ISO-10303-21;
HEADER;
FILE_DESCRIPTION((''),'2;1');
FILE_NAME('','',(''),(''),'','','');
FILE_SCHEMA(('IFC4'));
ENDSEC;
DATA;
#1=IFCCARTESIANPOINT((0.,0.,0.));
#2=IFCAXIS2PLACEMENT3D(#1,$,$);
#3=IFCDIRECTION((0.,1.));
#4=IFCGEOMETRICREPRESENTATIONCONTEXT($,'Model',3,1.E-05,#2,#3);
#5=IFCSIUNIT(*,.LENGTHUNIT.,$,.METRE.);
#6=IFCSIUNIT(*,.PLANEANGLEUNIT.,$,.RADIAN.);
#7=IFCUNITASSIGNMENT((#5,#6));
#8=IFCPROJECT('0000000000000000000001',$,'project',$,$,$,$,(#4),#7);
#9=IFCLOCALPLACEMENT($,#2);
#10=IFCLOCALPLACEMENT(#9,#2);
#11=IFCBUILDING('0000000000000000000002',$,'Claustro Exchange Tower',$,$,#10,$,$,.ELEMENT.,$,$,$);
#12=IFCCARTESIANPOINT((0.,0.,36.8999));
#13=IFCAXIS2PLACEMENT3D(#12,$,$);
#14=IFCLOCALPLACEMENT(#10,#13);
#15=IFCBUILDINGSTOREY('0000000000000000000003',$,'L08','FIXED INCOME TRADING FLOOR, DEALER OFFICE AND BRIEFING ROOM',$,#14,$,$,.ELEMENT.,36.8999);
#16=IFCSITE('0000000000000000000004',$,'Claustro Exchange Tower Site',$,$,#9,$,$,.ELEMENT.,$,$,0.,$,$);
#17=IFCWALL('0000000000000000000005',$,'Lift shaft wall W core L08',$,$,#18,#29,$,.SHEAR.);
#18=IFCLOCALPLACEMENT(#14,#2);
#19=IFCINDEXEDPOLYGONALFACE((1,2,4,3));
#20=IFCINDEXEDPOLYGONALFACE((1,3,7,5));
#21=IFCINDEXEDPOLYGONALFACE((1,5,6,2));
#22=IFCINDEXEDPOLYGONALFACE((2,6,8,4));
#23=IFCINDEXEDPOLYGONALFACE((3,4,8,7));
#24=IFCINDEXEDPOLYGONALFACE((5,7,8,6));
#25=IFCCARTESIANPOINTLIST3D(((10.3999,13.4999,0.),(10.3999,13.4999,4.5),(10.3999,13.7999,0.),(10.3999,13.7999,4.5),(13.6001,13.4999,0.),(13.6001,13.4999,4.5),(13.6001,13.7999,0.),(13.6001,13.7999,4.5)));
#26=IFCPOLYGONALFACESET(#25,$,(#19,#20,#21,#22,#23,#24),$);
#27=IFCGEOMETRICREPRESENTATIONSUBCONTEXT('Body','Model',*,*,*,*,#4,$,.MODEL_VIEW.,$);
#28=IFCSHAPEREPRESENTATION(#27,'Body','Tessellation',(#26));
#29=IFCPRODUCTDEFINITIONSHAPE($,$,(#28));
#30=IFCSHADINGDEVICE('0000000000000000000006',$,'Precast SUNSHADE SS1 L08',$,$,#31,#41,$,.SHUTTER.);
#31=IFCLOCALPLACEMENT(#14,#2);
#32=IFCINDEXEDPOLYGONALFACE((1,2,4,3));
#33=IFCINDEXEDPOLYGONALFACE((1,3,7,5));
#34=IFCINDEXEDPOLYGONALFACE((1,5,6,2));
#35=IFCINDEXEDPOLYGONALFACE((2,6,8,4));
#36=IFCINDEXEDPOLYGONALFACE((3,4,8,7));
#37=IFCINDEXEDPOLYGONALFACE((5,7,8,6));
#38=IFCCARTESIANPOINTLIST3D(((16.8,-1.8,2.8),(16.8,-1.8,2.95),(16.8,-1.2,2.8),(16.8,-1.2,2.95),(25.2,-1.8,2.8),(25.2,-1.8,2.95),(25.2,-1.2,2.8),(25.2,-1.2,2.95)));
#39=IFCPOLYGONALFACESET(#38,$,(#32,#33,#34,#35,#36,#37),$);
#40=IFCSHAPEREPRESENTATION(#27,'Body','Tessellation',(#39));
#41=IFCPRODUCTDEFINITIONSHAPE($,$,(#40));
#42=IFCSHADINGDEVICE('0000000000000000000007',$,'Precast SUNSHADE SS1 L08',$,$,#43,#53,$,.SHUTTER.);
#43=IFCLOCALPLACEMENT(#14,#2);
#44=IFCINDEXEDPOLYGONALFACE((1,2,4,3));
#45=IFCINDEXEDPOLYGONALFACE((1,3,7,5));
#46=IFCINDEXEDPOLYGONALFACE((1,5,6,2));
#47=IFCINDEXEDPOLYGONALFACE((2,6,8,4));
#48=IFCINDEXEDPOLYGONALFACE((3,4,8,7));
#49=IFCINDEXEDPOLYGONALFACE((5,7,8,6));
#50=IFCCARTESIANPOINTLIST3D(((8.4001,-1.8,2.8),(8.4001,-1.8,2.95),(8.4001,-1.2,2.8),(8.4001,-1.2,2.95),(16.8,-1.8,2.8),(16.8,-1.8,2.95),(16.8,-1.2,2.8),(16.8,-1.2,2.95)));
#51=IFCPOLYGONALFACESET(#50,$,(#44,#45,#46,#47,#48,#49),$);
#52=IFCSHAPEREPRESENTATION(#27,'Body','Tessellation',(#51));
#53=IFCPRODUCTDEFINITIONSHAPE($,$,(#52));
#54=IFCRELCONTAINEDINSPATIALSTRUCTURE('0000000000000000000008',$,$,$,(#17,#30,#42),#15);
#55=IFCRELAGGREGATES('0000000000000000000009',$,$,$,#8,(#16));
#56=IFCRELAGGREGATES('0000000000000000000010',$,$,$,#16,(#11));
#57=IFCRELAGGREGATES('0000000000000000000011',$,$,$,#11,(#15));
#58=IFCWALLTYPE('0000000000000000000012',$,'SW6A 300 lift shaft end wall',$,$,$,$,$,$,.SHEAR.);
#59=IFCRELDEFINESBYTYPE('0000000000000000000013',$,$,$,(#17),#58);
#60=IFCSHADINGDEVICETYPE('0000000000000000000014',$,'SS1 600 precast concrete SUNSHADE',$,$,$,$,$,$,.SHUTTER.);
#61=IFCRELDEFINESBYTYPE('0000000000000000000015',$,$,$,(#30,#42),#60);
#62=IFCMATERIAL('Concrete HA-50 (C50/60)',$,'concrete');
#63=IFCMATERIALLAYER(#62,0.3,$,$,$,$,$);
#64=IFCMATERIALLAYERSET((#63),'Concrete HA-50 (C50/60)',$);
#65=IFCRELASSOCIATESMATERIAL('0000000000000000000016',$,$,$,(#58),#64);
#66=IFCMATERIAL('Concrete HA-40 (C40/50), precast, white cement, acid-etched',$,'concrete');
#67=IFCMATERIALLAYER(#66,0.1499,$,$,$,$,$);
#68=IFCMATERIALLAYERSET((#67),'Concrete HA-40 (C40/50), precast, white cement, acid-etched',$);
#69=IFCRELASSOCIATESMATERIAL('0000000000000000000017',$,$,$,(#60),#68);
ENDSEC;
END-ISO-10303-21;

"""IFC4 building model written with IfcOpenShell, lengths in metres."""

from ifc_helpers import new_model, si_unit, direction, frame, frame_2d, origin, origin_2d, place, context, subcontext, project, spatial, rectangle, extrude, material, layer, layer_set, type_object, element, save


model = new_model("IFC4")

# Units and contexts
model_context = context("Model", 3, precision=1e-05, world=origin(), true_north=direction((0.0, 1.0)))
body_context = subcontext(model_context, "Body", "Model", "MODEL_VIEW")
ifc_project = project(units=[si_unit("LENGTHUNIT", "METRE"), si_unit("PLANEANGLEUNIT", "RADIAN")], contexts=[model_context])

# Site, building, storey
site_placement = place(None, origin())
site = spatial("IfcSite", under=ifc_project, at=site_placement, Name="Claustro Exchange Tower Site", CompositionType="ELEMENT", RefElevation=0.0)
building_placement = place(site_placement, origin())
building = spatial("IfcBuilding", under=site, at=building_placement, Name="Claustro Exchange Tower", CompositionType="ELEMENT")
storey_placement = place(building_placement, frame((0.0, 0.0, 36.8999)))
storey = spatial("IfcBuildingStorey", under=building, at=storey_placement, Name="L08", Description="FIXED INCOME TRADING FLOOR, DEALER OFFICE AND BRIEFING ROOM", CompositionType="ELEMENT", Elevation=36.8999)

# Wall
ifc_material_1 = material(Name="Concrete HA-50 (C50/60)", Category="concrete")
ifc_layer_1 = layer(ifc_material_1, 0.3)
ifc_layer_set_1 = layer_set([ifc_layer_1], Name="Concrete HA-50 (C50/60)")
wall_type_1 = type_object("IfcWallType", Name="SW6A 300 lift shaft end wall", PredefinedType="SHEAR", material=ifc_layer_set_1)
wall_1_placement = place(storey_placement, frame((10.3999, 13.6499, 0.0), z_axis=(0.0, 0.0, 1.0), x_axis=(1.0, 0.0, 0.0)))
element("IfcWall", 1, at=wall_1_placement, inside=storey, type_object=wall_type_1, Name="Lift shaft wall W core L08", PredefinedType="SHEAR", context=body_context, shape_type="SweptSolid", body=[
    extrude(rectangle(XDim=3.2002, YDim=0.3, at=frame_2d((1.6001, 0.0))), origin(), (0.0, 0.0, 1.0), 4.5),
])

# Shading devices
ifc_material_2 = material(Name="Concrete HA-40 (C40/50), precast, white cement, acid-etched", Category="concrete")
ifc_layer_2 = layer(ifc_material_2, 0.1499)
ifc_layer_set_2 = layer_set([ifc_layer_2], Name="Concrete HA-40 (C40/50), precast, white cement, acid-etched")
shading_device_type = type_object("IfcShadingDeviceType", Name="SS1 600 precast concrete SUNSHADE", PredefinedType="SHUTTER", material=ifc_layer_set_2)
for number, where, z_axis, x_axis, name in (
    (2, (21.0, -1.5, 2.8), (0.0, 0.0, 1.0), (-1.0, 0.0, 0.0), "Precast SUNSHADE SS1 L08"),
    (3, (12.6001, -1.5, 2.8), (0.0, 0.0, 1.0), (-1.0, 0.0, 0.0), "Precast SUNSHADE SS1 L08"),
):
    element("IfcShadingDevice", number, at=place(storey_placement, frame(where, z_axis=z_axis, x_axis=x_axis)), inside=storey, type_object=shading_device_type, Name=name, PredefinedType="SHUTTER", context=body_context, shape_type="SweptSolid", body=[
        extrude(rectangle(XDim=8.3999, YDim=0.6001, at=origin_2d()), origin(), (0.0, 0.0, 1.0), 0.1499),
    ])

save(model, "model.ifc")
